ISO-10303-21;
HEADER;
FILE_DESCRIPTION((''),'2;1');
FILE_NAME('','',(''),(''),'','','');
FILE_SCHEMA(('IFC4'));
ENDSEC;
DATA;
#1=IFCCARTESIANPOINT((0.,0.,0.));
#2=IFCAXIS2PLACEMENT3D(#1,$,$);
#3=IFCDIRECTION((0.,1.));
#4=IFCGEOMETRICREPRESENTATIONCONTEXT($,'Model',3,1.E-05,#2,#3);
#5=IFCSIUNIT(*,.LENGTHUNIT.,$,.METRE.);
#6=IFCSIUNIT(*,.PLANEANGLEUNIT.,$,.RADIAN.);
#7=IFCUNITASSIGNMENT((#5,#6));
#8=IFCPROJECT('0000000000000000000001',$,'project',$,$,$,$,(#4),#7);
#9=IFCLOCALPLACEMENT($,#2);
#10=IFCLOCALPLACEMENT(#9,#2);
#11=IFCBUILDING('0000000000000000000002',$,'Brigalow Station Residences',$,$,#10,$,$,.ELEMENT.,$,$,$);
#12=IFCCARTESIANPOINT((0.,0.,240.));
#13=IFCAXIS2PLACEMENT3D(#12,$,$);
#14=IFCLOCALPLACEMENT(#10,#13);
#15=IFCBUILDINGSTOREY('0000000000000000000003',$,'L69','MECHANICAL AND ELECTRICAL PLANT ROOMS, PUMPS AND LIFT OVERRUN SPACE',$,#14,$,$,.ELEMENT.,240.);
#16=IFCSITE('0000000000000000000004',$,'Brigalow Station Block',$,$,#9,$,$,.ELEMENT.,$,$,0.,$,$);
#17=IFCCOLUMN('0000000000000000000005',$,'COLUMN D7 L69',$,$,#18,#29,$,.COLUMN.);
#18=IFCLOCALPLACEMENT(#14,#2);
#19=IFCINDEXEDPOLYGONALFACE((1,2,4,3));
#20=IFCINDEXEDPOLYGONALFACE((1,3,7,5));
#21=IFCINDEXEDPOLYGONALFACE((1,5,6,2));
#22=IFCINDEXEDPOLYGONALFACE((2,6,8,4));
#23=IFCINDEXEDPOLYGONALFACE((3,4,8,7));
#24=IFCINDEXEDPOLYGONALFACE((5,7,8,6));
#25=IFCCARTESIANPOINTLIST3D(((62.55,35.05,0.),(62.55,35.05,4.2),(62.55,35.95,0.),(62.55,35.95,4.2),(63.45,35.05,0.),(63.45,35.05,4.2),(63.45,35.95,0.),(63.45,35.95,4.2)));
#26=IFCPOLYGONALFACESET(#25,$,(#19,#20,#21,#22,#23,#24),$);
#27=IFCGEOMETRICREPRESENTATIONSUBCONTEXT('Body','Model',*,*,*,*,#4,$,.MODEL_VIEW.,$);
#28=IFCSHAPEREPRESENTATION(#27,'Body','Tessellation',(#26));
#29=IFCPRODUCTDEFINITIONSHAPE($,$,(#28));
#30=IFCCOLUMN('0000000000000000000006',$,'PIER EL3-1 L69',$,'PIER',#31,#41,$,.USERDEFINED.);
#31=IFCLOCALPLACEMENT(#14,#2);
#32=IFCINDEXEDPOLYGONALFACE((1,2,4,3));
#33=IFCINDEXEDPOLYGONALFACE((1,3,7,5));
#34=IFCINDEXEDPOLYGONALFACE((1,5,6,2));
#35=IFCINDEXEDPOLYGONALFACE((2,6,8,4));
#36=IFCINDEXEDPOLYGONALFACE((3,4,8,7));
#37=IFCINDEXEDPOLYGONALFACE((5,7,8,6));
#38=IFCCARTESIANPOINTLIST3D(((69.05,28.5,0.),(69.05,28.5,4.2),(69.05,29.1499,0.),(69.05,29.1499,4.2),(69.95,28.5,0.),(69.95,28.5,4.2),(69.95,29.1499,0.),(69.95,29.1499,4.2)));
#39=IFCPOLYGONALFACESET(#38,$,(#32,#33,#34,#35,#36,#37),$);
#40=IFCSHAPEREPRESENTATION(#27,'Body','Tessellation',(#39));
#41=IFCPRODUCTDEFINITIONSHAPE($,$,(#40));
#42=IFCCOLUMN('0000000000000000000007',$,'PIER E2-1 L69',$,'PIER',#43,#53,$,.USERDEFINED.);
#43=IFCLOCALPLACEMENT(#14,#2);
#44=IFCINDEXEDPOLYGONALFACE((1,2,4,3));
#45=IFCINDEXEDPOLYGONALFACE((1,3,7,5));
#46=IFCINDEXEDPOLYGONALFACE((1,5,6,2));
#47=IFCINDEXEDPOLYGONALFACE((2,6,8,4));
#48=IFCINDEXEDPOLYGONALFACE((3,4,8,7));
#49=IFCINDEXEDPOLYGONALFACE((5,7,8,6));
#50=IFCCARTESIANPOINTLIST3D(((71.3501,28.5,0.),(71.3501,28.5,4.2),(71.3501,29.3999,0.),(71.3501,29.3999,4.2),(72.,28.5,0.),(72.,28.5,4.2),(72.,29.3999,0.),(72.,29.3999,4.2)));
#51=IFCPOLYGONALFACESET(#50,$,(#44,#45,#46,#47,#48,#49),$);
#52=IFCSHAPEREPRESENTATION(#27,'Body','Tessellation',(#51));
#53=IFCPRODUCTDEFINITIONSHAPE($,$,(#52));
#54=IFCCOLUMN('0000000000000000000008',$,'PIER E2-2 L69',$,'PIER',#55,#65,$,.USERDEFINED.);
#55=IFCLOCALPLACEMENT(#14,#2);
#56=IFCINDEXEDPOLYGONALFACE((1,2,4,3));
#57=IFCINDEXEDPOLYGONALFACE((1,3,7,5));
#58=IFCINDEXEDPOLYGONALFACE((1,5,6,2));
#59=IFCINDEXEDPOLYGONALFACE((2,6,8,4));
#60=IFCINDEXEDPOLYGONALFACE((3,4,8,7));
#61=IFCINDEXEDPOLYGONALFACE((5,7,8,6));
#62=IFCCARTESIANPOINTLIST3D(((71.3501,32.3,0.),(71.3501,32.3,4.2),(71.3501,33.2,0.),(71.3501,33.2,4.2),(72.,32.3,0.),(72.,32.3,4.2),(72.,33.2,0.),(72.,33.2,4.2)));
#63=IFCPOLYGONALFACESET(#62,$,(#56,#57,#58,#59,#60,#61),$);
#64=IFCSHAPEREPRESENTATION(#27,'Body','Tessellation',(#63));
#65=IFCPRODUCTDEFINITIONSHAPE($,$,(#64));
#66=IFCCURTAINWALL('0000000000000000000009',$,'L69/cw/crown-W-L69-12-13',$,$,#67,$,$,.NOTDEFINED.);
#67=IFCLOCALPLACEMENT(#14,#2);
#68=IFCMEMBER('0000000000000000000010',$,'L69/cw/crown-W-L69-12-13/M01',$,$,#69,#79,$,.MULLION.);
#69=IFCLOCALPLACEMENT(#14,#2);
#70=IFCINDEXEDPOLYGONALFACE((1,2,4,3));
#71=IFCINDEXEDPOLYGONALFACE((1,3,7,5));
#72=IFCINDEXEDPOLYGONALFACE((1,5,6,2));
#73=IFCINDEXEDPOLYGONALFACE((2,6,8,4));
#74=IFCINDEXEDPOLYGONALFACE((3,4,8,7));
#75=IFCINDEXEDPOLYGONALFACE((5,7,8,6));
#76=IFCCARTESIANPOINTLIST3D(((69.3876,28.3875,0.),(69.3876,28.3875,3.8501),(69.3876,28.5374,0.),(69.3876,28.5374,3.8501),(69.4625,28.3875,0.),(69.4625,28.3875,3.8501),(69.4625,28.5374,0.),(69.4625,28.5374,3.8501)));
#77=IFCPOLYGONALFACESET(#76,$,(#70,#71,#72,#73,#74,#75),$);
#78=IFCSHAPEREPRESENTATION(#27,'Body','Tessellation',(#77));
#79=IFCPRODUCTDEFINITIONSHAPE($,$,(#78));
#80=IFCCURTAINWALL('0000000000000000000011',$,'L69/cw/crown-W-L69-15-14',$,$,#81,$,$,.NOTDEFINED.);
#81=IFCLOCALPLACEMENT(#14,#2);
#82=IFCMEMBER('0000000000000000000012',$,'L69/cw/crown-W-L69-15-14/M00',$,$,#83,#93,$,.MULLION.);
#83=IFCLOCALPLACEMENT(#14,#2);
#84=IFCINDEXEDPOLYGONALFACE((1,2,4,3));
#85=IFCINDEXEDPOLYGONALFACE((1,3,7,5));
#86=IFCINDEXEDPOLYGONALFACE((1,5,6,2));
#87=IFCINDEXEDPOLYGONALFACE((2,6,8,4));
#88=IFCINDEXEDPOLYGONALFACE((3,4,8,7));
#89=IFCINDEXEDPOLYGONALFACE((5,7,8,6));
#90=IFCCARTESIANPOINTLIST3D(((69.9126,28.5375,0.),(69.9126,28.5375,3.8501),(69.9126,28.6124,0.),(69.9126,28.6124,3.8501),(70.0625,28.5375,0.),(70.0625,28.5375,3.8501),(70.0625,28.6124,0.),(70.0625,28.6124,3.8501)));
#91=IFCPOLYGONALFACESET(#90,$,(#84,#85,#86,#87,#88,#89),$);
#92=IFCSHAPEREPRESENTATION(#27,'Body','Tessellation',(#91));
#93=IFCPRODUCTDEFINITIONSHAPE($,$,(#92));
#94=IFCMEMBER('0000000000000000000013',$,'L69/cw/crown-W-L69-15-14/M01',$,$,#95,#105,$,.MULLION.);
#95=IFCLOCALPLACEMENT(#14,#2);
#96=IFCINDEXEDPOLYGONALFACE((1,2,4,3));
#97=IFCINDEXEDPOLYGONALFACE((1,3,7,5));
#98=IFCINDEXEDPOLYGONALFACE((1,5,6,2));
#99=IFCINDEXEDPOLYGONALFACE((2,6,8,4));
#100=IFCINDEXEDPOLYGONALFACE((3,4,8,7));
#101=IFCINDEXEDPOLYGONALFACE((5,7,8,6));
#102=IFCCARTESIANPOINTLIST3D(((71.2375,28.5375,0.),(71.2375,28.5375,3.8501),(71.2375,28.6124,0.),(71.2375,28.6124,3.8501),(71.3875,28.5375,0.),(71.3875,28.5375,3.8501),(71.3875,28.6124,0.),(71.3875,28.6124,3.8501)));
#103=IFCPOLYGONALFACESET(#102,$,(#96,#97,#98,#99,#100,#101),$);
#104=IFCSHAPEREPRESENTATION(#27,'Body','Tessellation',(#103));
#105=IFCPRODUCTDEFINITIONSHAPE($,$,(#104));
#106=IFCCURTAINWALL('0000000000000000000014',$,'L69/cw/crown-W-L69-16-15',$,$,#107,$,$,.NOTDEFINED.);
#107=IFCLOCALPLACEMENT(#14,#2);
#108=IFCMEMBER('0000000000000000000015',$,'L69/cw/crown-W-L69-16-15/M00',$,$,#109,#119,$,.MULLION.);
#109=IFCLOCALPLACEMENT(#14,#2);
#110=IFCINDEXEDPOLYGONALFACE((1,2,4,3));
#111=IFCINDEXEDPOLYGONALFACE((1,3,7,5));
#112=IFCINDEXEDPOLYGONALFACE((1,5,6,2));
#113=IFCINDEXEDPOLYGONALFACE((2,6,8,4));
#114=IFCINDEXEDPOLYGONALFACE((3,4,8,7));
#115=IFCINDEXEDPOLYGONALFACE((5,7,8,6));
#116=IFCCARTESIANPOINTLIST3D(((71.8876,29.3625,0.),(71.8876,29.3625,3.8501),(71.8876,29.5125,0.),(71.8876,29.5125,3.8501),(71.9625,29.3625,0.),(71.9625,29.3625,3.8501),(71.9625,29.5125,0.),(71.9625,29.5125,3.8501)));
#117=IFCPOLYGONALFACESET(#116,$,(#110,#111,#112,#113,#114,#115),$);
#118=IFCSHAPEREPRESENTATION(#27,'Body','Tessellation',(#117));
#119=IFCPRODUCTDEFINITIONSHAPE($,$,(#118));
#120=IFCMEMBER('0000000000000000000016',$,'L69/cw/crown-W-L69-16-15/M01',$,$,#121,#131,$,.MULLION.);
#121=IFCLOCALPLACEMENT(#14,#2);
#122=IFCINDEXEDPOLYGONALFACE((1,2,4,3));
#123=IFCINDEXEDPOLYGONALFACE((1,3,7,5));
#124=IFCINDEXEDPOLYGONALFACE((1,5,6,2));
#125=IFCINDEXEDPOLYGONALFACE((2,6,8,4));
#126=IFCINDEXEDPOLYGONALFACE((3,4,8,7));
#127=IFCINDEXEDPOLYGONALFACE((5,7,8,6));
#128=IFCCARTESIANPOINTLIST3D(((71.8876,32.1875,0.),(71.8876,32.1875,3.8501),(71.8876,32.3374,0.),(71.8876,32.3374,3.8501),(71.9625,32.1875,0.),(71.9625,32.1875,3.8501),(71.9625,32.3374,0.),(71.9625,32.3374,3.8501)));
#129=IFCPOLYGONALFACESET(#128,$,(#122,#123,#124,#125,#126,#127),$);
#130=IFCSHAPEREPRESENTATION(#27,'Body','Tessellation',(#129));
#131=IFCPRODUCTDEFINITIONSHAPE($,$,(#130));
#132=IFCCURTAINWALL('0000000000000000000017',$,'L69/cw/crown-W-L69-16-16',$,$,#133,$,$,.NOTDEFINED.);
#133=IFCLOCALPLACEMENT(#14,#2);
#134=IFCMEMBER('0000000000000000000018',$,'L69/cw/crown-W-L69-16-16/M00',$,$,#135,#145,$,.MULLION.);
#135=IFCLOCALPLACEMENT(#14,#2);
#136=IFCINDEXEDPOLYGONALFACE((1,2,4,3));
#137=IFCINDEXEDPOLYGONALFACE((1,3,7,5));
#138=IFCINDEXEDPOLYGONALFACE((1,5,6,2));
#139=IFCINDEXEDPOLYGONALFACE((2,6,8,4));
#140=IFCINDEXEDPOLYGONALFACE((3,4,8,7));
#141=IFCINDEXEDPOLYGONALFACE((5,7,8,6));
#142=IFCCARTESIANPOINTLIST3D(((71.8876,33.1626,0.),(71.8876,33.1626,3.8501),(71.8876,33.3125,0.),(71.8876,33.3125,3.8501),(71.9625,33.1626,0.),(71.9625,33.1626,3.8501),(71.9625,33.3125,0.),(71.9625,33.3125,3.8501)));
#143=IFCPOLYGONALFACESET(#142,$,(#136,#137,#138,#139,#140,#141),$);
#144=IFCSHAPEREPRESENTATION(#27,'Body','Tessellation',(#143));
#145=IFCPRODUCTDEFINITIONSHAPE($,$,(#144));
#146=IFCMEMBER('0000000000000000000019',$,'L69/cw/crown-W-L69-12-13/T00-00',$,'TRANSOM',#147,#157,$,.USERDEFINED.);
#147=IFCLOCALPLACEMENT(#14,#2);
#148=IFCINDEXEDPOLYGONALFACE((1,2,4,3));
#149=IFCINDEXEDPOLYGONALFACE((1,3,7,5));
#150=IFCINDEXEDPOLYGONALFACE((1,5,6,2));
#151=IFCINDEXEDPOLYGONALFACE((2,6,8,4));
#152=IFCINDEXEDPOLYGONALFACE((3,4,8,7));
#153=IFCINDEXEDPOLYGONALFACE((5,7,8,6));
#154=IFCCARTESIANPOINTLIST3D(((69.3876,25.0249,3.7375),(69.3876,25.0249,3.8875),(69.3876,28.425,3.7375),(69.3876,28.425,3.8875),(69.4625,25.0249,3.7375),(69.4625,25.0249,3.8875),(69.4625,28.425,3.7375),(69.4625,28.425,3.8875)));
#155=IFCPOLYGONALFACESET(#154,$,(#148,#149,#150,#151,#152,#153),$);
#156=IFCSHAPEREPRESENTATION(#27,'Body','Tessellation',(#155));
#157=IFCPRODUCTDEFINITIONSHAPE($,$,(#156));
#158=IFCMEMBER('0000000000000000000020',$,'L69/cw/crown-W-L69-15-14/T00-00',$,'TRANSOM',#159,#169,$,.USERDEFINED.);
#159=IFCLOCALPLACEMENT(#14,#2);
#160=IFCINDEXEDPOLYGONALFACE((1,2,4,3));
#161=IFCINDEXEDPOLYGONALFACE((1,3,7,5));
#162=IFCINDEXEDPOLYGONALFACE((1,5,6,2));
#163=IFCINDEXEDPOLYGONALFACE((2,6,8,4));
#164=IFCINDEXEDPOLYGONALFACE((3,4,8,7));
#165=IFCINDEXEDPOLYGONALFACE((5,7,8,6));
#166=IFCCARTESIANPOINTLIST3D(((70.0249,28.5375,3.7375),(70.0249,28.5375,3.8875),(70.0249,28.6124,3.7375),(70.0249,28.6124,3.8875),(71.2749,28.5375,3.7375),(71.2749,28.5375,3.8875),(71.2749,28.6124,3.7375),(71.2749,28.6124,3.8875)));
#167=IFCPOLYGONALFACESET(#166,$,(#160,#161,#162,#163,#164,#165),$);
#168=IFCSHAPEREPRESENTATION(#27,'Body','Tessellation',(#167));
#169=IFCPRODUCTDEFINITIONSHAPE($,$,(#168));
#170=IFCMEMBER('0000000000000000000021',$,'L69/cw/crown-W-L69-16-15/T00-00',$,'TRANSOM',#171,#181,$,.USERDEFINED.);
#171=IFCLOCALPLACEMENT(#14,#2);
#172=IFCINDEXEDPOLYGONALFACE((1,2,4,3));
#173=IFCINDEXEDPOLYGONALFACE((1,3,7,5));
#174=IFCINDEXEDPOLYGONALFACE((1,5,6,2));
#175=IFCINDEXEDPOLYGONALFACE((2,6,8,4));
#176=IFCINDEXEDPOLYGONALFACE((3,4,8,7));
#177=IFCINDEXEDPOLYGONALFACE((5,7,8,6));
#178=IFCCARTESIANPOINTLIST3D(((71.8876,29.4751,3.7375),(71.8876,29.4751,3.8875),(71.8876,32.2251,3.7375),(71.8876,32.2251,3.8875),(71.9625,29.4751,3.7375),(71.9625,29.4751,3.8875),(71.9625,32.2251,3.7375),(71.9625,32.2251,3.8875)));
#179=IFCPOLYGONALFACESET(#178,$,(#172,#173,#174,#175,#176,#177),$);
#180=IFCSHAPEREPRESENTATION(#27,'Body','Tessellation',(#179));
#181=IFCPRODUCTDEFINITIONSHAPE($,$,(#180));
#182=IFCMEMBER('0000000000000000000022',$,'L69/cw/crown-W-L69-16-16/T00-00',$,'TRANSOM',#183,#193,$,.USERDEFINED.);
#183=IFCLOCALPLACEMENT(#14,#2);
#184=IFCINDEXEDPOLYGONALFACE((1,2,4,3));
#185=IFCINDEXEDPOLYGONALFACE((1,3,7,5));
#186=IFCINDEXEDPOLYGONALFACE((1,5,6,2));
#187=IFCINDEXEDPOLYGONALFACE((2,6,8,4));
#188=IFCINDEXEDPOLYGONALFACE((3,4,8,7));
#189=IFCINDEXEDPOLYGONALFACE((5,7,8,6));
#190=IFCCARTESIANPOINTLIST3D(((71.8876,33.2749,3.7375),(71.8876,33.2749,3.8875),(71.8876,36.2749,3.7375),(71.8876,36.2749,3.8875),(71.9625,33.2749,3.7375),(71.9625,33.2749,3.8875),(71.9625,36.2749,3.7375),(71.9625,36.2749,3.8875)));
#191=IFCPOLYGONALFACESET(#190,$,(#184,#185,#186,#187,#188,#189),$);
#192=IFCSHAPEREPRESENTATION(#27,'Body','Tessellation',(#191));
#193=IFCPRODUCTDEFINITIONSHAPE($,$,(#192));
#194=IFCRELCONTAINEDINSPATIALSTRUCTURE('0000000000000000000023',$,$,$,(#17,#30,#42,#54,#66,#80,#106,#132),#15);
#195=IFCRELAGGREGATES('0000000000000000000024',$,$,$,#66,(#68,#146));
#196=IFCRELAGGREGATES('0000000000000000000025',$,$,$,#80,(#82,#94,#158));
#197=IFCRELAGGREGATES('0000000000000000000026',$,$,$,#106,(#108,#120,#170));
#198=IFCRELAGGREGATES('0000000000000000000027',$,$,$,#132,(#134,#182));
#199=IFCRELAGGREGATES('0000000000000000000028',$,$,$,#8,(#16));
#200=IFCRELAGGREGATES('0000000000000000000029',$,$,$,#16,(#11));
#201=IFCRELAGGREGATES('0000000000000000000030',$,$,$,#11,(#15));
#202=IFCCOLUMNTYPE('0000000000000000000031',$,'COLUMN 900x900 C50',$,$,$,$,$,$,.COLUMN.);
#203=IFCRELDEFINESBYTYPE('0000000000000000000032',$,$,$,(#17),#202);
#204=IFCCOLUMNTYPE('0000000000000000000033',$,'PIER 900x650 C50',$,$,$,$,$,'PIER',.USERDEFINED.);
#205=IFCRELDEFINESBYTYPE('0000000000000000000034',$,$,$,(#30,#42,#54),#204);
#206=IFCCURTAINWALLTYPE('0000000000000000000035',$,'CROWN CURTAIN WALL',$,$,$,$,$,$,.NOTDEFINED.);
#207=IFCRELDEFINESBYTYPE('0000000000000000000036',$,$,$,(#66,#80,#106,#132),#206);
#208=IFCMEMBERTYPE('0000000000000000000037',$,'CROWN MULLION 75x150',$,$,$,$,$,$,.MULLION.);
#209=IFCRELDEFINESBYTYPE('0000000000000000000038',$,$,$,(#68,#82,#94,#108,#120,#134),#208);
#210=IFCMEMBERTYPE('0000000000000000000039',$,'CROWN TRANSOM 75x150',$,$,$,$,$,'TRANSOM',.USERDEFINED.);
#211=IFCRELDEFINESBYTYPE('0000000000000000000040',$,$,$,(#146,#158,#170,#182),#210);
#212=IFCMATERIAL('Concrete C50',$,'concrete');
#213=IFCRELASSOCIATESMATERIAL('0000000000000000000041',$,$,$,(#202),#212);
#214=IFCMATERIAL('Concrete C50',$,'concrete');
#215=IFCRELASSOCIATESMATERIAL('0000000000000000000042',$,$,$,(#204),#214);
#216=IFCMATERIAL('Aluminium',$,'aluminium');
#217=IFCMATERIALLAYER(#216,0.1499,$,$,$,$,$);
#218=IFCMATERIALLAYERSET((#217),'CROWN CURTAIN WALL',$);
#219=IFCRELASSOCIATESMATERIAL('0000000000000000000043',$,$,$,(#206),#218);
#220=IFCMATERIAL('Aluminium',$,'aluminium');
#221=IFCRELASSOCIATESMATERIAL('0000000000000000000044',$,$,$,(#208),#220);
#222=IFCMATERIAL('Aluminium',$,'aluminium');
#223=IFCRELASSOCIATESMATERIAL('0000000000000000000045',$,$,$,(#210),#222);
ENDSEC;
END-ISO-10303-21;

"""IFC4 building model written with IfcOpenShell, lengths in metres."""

from ifc_helpers import new_model, si_unit, direction, frame, origin, origin_2d, place, context, subcontext, project, spatial, rectangle, extrude, material, layer, layer_set, material_profile, profile_set, type_object, element, aggregate, save


model = new_model("IFC4")

# Units and contexts
model_context = context("Model", 3, precision=1e-05, world=origin(), true_north=direction((0.0, 1.0)))
body_context = subcontext(model_context, "Body", "Model", "MODEL_VIEW")
ifc_project = project(units=[si_unit("LENGTHUNIT", "METRE"), si_unit("PLANEANGLEUNIT", "RADIAN")], contexts=[model_context])

# Site, building, storey
site_placement = place(None, origin())
site = spatial("IfcSite", under=ifc_project, at=site_placement, Name="Brigalow Station Block", CompositionType="ELEMENT", RefElevation=0.0)
building_placement = place(site_placement, origin())
building = spatial("IfcBuilding", under=site, at=building_placement, Name="Brigalow Station Residences", CompositionType="ELEMENT")
storey_placement = place(building_placement, frame((0.0, 0.0, 240.0)))
storey = spatial("IfcBuildingStorey", under=building, at=storey_placement, Name="L69", Description="MECHANICAL AND ELECTRICAL PLANT ROOMS, PUMPS AND LIFT OVERRUN SPACE", CompositionType="ELEMENT", Elevation=240.0)

# Columns
ifc_material_1 = material(Name="Concrete C50", Category="concrete")
ifc_material_profile_1 = material_profile(ifc_material_1, rectangle(XDim=0.8999, YDim=0.8999, at=origin_2d()), Name="RC900x900")
ifc_profile_set_1 = profile_set([ifc_material_profile_1], Name="Concrete C50")
column_type_1 = type_object("IfcColumnType", Name="COLUMN 900x900 C50", PredefinedType="COLUMN", material=ifc_profile_set_1)
column_placement = place(storey_placement, frame((63.0, 35.5, 0.0), z_axis=(0.0, 0.0, 1.0), x_axis=(1.0, 0.0, 0.0)))
element("IfcColumn", 1, at=column_placement, inside=storey, type_object=column_type_1, Name="COLUMN D7 L69", PredefinedType="COLUMN", context=body_context, shape_type="SweptSolid", body=[
    extrude(rectangle(XDim=0.8999, YDim=0.8999, at=origin_2d()), origin(), (0.0, 0.0, 1.0), 4.2),
])
ifc_material_2 = material(Name="Concrete C50", Category="concrete")
ifc_material_profile_2 = material_profile(ifc_material_2, rectangle(XDim=0.8999, YDim=0.6499, at=origin_2d()), Name="RC900x650")
ifc_profile_set_2 = profile_set([ifc_material_profile_2], Name="Concrete C50")
column_type_2 = type_object("IfcColumnType", Name="PIER 900x650 C50", ElementType="PIER", PredefinedType="USERDEFINED", material=ifc_profile_set_2)
for number, where, z_axis, x_axis, name in (
    (2, (69.5, 28.825, 0.0), (0.0, 0.0, 1.0), (1.0, 0.0, 0.0), "PIER EL3-1 L69"),
    (3, (71.675, 28.95, 0.0), (0.0, 0.0, 1.0), (0.0, 1.0, 0.0), "PIER E2-1 L69"),
    (4, (71.675, 32.75, 0.0), (0.0, 0.0, 1.0), (0.0, 1.0, 0.0), "PIER E2-2 L69"),
):
    element("IfcColumn", number, at=place(storey_placement, frame(where, z_axis=z_axis, x_axis=x_axis)), inside=storey, type_object=column_type_2, Name=name, ObjectType="PIER", PredefinedType="USERDEFINED", context=body_context, shape_type="SweptSolid", body=[
        extrude(rectangle(XDim=0.8999, YDim=0.6499, at=origin_2d()), origin(), (0.0, 0.0, 1.0), 4.2),
    ])

# Curtain wall, member
ifc_material_3 = material(Name="Aluminium", Category="aluminium")
ifc_layer_1 = layer(ifc_material_3, 0.1499)
ifc_layer_set_1 = layer_set([ifc_layer_1], Name="CROWN CURTAIN WALL")
curtain_wall_type = type_object("IfcCurtainWallType", Name="CROWN CURTAIN WALL", PredefinedType="NOTDEFINED", material=ifc_layer_set_1)
curtain_wall_1_placement = place(storey_placement, origin())
curtain_wall_1 = element("IfcCurtainWall", 5, at=curtain_wall_1_placement, inside=storey, type_object=curtain_wall_type, Name="L69/cw/crown-W-L69-12-13", PredefinedType="NOTDEFINED")
ifc_material_4 = material(Name="Aluminium", Category="aluminium")
ifc_material_profile_3 = material_profile(ifc_material_4, rectangle(XDim=0.075, YDim=0.1499, at=origin_2d()), Name="CROWN MULLION 75x150")
ifc_profile_set_3 = profile_set([ifc_material_profile_3], Name="Aluminium")
member_type_1 = type_object("IfcMemberType", Name="CROWN MULLION 75x150", PredefinedType="MULLION", material=ifc_profile_set_3)
member_1_placement = place(storey_placement, frame((69.425, 28.4624, 0.0), z_axis=(0.0, 0.0, 1.0), x_axis=(-1.0, 0.0, 0.0)))
member_1 = element("IfcMember", 6, at=member_1_placement, type_object=member_type_1, Name="L69/cw/crown-W-L69-12-13/M01", PredefinedType="MULLION", context=body_context, shape_type="SweptSolid", body=[
    extrude(rectangle(XDim=0.075, YDim=0.1499, at=origin_2d()), origin(), (0.0, 0.0, 1.0), 3.8501),
])

# Curtain walls, members
curtain_wall_2_placement = place(storey_placement, origin())
curtain_wall_2 = element("IfcCurtainWall", 7, at=curtain_wall_2_placement, inside=storey, type_object=curtain_wall_type, Name="L69/cw/crown-W-L69-15-14", PredefinedType="NOTDEFINED")
member_2_placement = place(storey_placement, frame((69.9875, 28.575, 0.0), z_axis=(0.0, 0.0, 1.0), x_axis=(0.0, 1.0, 0.0)))
member_2 = element("IfcMember", 8, at=member_2_placement, type_object=member_type_1, Name="L69/cw/crown-W-L69-15-14/M00", PredefinedType="MULLION", context=body_context, shape_type="SweptSolid", body=[
    extrude(rectangle(XDim=0.075, YDim=0.1499, at=origin_2d()), origin(), (0.0, 0.0, 1.0), 3.8501),
])
member_3_placement = place(storey_placement, frame((71.3125, 28.575, 0.0), z_axis=(0.0, 0.0, 1.0), x_axis=(0.0, 1.0, 0.0)))
member_3 = element("IfcMember", 9, at=member_3_placement, type_object=member_type_1, Name="L69/cw/crown-W-L69-15-14/M01", PredefinedType="MULLION", context=body_context, shape_type="SweptSolid", body=[
    extrude(rectangle(XDim=0.075, YDim=0.1499, at=origin_2d()), origin(), (0.0, 0.0, 1.0), 3.8501),
])
curtain_wall_3_placement = place(storey_placement, origin())
curtain_wall_3 = element("IfcCurtainWall", 10, at=curtain_wall_3_placement, inside=storey, type_object=curtain_wall_type, Name="L69/cw/crown-W-L69-16-15", PredefinedType="NOTDEFINED")
member_4_placement = place(storey_placement, frame((71.925, 29.4375, 0.0), z_axis=(0.0, 0.0, 1.0), x_axis=(-1.0, 0.0, 0.0)))
member_4 = element("IfcMember", 11, at=member_4_placement, type_object=member_type_1, Name="L69/cw/crown-W-L69-16-15/M00", PredefinedType="MULLION", context=body_context, shape_type="SweptSolid", body=[
    extrude(rectangle(XDim=0.075, YDim=0.1499, at=origin_2d()), origin(), (0.0, 0.0, 1.0), 3.8501),
])
member_5_placement = place(storey_placement, frame((71.925, 32.2625, 0.0), z_axis=(0.0, 0.0, 1.0), x_axis=(-1.0, 0.0, 0.0)))
member_5 = element("IfcMember", 12, at=member_5_placement, type_object=member_type_1, Name="L69/cw/crown-W-L69-16-15/M01", PredefinedType="MULLION", context=body_context, shape_type="SweptSolid", body=[
    extrude(rectangle(XDim=0.075, YDim=0.1499, at=origin_2d()), origin(), (0.0, 0.0, 1.0), 3.8501),
])

# Curtain wall, member
curtain_wall_4_placement = place(storey_placement, origin())
curtain_wall_4 = element("IfcCurtainWall", 13, at=curtain_wall_4_placement, inside=storey, type_object=curtain_wall_type, Name="L69/cw/crown-W-L69-16-16", PredefinedType="NOTDEFINED")
member_6_placement = place(storey_placement, frame((71.925, 33.2375, 0.0), z_axis=(0.0, 0.0, 1.0), x_axis=(-1.0, 0.0, 0.0)))
member_6 = element("IfcMember", 14, at=member_6_placement, type_object=member_type_1, Name="L69/cw/crown-W-L69-16-16/M00", PredefinedType="MULLION", context=body_context, shape_type="SweptSolid", body=[
    extrude(rectangle(XDim=0.075, YDim=0.1499, at=origin_2d()), origin(), (0.0, 0.0, 1.0), 3.8501),
])

# Members
ifc_material_5 = material(Name="Aluminium", Category="aluminium")
ifc_material_profile_4 = material_profile(ifc_material_5, rectangle(XDim=0.075, YDim=0.1499, at=origin_2d()), Name="CROWN TRANSOM 75x150")
ifc_profile_set_4 = profile_set([ifc_material_profile_4], Name="Aluminium")
member_type_2 = type_object("IfcMemberType", Name="CROWN TRANSOM 75x150", ElementType="TRANSOM", PredefinedType="USERDEFINED", material=ifc_profile_set_4)
member_7_placement = place(storey_placement, frame((69.425, 25.0249, 3.8125), z_axis=(0.0, 1.0, 0.0), x_axis=(-1.0, 0.0, 0.0)))
member_7 = element("IfcMember", 15, at=member_7_placement, type_object=member_type_2, Name="L69/cw/crown-W-L69-12-13/T00-00", ObjectType="TRANSOM", PredefinedType="USERDEFINED", context=body_context, shape_type="SweptSolid", body=[
    extrude(rectangle(XDim=0.075, YDim=0.1499, at=origin_2d()), origin(), (0.0, 0.0, 1.0), 3.4001),
])
member_8_placement = place(storey_placement, frame((70.0249, 28.575, 3.8125), z_axis=(1.0, 0.0, 0.0), x_axis=(0.0, 1.0, 0.0)))
member_8 = element("IfcMember", 16, at=member_8_placement, type_object=member_type_2, Name="L69/cw/crown-W-L69-15-14/T00-00", ObjectType="TRANSOM", PredefinedType="USERDEFINED", context=body_context, shape_type="SweptSolid", body=[
    extrude(rectangle(XDim=0.075, YDim=0.1499, at=origin_2d()), origin(), (0.0, 0.0, 1.0), 1.25),
])
member_9_placement = place(storey_placement, frame((71.925, 29.4751, 3.8125), z_axis=(0.0, 1.0, 0.0), x_axis=(-1.0, 0.0, 0.0)))
member_9 = element("IfcMember", 17, at=member_9_placement, type_object=member_type_2, Name="L69/cw/crown-W-L69-16-15/T00-00", ObjectType="TRANSOM", PredefinedType="USERDEFINED", context=body_context, shape_type="SweptSolid", body=[
    extrude(rectangle(XDim=0.075, YDim=0.1499, at=origin_2d()), origin(), (0.0, 0.0, 1.0), 2.75),
])
member_10_placement = place(storey_placement, frame((71.925, 33.2749, 3.8125), z_axis=(0.0, 1.0, 0.0), x_axis=(-1.0, 0.0, 0.0)))
member_10 = element("IfcMember", 18, at=member_10_placement, type_object=member_type_2, Name="L69/cw/crown-W-L69-16-16/T00-00", ObjectType="TRANSOM", PredefinedType="USERDEFINED", context=body_context, shape_type="SweptSolid", body=[
    extrude(rectangle(XDim=0.075, YDim=0.1499, at=origin_2d()), origin(), (0.0, 0.0, 1.0), 3.0),
])

aggregate(curtain_wall_1, [member_1, member_7])
aggregate(curtain_wall_2, [member_2, member_3, member_8])
aggregate(curtain_wall_3, [member_4, member_5, member_9])
aggregate(curtain_wall_4, [member_6, member_10])

save(model, "model.ifc")
